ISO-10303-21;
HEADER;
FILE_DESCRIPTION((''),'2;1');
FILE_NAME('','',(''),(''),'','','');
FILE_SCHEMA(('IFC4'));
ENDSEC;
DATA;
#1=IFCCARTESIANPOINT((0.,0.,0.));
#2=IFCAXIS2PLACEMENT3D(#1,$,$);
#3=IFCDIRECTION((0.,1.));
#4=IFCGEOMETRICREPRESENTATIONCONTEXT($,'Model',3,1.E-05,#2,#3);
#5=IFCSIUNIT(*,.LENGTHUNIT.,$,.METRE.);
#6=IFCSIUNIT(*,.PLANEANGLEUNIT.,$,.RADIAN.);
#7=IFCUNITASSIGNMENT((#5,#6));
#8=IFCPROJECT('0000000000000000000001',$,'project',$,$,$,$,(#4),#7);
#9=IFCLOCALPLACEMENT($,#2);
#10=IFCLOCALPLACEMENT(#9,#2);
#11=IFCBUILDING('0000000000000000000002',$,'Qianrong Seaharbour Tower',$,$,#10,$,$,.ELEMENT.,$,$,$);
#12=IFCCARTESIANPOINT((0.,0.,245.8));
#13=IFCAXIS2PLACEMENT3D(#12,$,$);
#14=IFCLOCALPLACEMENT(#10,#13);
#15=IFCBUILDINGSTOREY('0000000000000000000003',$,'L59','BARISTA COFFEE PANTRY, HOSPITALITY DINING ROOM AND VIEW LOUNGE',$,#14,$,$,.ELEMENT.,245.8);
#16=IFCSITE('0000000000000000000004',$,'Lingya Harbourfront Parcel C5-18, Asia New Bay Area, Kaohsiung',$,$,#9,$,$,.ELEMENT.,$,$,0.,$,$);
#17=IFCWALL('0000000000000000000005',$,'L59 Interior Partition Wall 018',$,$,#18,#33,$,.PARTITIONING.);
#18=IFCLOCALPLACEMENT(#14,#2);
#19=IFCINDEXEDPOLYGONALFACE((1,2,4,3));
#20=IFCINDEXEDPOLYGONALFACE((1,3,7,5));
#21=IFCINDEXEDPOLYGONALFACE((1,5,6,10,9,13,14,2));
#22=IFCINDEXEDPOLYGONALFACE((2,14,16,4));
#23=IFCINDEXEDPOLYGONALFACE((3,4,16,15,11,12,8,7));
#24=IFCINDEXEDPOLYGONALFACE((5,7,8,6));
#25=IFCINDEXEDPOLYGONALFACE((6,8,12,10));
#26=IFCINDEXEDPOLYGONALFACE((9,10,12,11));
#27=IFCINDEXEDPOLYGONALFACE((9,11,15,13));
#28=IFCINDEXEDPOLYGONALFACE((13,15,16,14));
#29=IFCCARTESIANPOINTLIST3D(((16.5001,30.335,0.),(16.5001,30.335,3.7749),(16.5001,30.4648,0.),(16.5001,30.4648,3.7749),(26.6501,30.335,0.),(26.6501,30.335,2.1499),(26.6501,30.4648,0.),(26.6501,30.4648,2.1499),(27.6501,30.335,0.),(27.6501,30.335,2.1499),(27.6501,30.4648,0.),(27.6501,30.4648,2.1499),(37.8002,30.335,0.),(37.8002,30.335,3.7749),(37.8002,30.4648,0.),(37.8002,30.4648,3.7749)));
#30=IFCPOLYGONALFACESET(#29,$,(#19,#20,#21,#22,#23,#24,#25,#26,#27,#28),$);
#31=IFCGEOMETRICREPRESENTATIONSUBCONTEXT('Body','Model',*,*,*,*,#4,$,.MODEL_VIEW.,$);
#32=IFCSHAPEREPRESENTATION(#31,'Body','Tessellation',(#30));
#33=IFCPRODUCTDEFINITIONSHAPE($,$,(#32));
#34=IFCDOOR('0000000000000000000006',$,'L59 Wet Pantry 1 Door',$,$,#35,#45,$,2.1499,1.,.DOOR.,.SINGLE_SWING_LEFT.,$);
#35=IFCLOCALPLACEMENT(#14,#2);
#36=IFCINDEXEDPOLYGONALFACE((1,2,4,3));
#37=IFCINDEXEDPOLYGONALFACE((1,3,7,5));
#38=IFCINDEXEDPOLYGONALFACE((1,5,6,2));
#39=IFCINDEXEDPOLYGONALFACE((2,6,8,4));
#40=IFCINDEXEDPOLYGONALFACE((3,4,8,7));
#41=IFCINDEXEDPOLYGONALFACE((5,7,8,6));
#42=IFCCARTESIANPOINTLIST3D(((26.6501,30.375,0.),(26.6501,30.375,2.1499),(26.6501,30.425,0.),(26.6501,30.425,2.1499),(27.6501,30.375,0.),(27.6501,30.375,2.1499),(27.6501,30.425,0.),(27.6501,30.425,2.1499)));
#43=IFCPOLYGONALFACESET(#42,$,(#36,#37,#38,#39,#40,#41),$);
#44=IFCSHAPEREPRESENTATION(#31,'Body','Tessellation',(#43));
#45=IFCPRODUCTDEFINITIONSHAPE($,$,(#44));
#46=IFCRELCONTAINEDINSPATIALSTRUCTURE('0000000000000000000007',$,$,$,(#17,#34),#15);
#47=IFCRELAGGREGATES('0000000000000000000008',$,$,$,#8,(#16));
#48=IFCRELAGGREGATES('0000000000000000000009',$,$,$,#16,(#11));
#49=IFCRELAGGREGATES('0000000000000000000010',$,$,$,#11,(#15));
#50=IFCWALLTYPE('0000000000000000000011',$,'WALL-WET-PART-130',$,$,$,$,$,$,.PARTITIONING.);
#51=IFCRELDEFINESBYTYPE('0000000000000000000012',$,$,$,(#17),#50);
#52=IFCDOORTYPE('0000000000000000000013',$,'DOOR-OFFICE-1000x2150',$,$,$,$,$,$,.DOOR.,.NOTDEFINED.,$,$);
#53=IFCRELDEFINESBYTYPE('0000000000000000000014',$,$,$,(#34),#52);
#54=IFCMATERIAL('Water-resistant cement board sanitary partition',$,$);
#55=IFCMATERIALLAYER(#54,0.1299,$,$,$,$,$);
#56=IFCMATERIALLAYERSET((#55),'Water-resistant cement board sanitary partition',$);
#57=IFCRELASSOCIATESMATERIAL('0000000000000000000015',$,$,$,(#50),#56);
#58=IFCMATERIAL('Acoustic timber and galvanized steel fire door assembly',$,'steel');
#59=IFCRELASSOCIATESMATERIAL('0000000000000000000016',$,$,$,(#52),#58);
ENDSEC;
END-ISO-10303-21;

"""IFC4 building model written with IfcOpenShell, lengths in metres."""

from ifc_helpers import new_model, si_unit, direction, frame, frame_2d, origin, place, context, subcontext, project, spatial, rectangle, extrude, material, layer, layer_set, type_object, element, fill, save


model = new_model("IFC4")

# Units and contexts
model_context = context("Model", 3, precision=1e-05, world=origin(), true_north=direction((0.0, 1.0)))
body_context = subcontext(model_context, "Body", "Model", "MODEL_VIEW")
ifc_project = project(units=[si_unit("LENGTHUNIT", "METRE"), si_unit("PLANEANGLEUNIT", "RADIAN")], contexts=[model_context])

# Site, building, storey
site_placement = place(None, origin())
site = spatial("IfcSite", under=ifc_project, at=site_placement, Name="Lingya Harbourfront Parcel C5-18, Asia New Bay Area, Kaohsiung", CompositionType="ELEMENT", RefElevation=0.0)
building_placement = place(site_placement, origin())
building = spatial("IfcBuilding", under=site, at=building_placement, Name="Qianrong Seaharbour Tower", CompositionType="ELEMENT")
storey_placement = place(building_placement, frame((0.0, 0.0, 245.8)))
storey = spatial("IfcBuildingStorey", under=building, at=storey_placement, Name="L59", Description="BARISTA COFFEE PANTRY, HOSPITALITY DINING ROOM AND VIEW LOUNGE", CompositionType="ELEMENT", Elevation=245.8)

# Wall, opening, door
ifc_material_1 = material(Name="Water-resistant cement board sanitary partition")
ifc_layer_1 = layer(ifc_material_1, 0.1299)
ifc_layer_set_1 = layer_set([ifc_layer_1], Name="Water-resistant cement board sanitary partition")
wall_type_1 = type_object("IfcWallType", Name="WALL-WET-PART-130", PredefinedType="PARTITIONING", material=ifc_layer_set_1)
wall_1_placement = place(storey_placement, frame((37.8, 30.3999, 0.0), z_axis=(0.0, 0.0, 1.0), x_axis=(-1.0, 0.0, 0.0)))
wall_1 = element("IfcWall", 1, at=wall_1_placement, inside=storey, type_object=wall_type_1, Name="L59 Interior Partition Wall 018", PredefinedType="PARTITIONING", context=body_context, shape_type="SweptSolid", body=[
    extrude(rectangle(XDim=21.3, YDim=0.1299, at=frame_2d((10.6499, 0.0))), origin(), (0.0, 0.0, 1.0), 3.7749),
])
opening_1_placement = place(wall_1_placement, frame((10.1499, 0.0, 0.0)))
opening_1 = element("IfcOpeningElement", 2, at=opening_1_placement, cuts=wall_1, PredefinedType="OPENING", context=body_context, shape_type="SweptSolid", body=[
    extrude(rectangle(XDim=1.0, YDim=2.1499, at=frame_2d((0.5, 1.075))), frame((0.0, 0.075, 0.0), z_axis=(0.0, -1.0, 0.0), x_axis=(1.0, 0.0, 0.0)), (0.0, 0.0, 1.0), 0.1499),
])
ifc_material_2 = material(Name="Acoustic timber and galvanized steel fire door assembly", Category="steel")
door_type = type_object("IfcDoorType", Name="DOOR-OFFICE-1000x2150", OperationType="NOTDEFINED", PredefinedType="DOOR", material=ifc_material_2)
door_placement = place(opening_1_placement, origin())
door = element("IfcDoor", 3, at=door_placement, inside=storey, type_object=door_type, Name="L59 Wet Pantry 1 Door", OperationType="SINGLE_SWING_LEFT", OverallHeight=2.1499, OverallWidth=1.0, PredefinedType="DOOR", context=body_context, shape_type="SweptSolid", body=[
    extrude(rectangle(XDim=1.0, YDim=2.1499, at=frame_2d((0.5, 1.075))), frame((0.0, 0.0249, 0.0), z_axis=(0.0, -1.0, 0.0), x_axis=(1.0, 0.0, 0.0)), (0.0, 0.0, 1.0), 0.05),
])
fill(opening_1, door)

save(model, "model.ifc")
